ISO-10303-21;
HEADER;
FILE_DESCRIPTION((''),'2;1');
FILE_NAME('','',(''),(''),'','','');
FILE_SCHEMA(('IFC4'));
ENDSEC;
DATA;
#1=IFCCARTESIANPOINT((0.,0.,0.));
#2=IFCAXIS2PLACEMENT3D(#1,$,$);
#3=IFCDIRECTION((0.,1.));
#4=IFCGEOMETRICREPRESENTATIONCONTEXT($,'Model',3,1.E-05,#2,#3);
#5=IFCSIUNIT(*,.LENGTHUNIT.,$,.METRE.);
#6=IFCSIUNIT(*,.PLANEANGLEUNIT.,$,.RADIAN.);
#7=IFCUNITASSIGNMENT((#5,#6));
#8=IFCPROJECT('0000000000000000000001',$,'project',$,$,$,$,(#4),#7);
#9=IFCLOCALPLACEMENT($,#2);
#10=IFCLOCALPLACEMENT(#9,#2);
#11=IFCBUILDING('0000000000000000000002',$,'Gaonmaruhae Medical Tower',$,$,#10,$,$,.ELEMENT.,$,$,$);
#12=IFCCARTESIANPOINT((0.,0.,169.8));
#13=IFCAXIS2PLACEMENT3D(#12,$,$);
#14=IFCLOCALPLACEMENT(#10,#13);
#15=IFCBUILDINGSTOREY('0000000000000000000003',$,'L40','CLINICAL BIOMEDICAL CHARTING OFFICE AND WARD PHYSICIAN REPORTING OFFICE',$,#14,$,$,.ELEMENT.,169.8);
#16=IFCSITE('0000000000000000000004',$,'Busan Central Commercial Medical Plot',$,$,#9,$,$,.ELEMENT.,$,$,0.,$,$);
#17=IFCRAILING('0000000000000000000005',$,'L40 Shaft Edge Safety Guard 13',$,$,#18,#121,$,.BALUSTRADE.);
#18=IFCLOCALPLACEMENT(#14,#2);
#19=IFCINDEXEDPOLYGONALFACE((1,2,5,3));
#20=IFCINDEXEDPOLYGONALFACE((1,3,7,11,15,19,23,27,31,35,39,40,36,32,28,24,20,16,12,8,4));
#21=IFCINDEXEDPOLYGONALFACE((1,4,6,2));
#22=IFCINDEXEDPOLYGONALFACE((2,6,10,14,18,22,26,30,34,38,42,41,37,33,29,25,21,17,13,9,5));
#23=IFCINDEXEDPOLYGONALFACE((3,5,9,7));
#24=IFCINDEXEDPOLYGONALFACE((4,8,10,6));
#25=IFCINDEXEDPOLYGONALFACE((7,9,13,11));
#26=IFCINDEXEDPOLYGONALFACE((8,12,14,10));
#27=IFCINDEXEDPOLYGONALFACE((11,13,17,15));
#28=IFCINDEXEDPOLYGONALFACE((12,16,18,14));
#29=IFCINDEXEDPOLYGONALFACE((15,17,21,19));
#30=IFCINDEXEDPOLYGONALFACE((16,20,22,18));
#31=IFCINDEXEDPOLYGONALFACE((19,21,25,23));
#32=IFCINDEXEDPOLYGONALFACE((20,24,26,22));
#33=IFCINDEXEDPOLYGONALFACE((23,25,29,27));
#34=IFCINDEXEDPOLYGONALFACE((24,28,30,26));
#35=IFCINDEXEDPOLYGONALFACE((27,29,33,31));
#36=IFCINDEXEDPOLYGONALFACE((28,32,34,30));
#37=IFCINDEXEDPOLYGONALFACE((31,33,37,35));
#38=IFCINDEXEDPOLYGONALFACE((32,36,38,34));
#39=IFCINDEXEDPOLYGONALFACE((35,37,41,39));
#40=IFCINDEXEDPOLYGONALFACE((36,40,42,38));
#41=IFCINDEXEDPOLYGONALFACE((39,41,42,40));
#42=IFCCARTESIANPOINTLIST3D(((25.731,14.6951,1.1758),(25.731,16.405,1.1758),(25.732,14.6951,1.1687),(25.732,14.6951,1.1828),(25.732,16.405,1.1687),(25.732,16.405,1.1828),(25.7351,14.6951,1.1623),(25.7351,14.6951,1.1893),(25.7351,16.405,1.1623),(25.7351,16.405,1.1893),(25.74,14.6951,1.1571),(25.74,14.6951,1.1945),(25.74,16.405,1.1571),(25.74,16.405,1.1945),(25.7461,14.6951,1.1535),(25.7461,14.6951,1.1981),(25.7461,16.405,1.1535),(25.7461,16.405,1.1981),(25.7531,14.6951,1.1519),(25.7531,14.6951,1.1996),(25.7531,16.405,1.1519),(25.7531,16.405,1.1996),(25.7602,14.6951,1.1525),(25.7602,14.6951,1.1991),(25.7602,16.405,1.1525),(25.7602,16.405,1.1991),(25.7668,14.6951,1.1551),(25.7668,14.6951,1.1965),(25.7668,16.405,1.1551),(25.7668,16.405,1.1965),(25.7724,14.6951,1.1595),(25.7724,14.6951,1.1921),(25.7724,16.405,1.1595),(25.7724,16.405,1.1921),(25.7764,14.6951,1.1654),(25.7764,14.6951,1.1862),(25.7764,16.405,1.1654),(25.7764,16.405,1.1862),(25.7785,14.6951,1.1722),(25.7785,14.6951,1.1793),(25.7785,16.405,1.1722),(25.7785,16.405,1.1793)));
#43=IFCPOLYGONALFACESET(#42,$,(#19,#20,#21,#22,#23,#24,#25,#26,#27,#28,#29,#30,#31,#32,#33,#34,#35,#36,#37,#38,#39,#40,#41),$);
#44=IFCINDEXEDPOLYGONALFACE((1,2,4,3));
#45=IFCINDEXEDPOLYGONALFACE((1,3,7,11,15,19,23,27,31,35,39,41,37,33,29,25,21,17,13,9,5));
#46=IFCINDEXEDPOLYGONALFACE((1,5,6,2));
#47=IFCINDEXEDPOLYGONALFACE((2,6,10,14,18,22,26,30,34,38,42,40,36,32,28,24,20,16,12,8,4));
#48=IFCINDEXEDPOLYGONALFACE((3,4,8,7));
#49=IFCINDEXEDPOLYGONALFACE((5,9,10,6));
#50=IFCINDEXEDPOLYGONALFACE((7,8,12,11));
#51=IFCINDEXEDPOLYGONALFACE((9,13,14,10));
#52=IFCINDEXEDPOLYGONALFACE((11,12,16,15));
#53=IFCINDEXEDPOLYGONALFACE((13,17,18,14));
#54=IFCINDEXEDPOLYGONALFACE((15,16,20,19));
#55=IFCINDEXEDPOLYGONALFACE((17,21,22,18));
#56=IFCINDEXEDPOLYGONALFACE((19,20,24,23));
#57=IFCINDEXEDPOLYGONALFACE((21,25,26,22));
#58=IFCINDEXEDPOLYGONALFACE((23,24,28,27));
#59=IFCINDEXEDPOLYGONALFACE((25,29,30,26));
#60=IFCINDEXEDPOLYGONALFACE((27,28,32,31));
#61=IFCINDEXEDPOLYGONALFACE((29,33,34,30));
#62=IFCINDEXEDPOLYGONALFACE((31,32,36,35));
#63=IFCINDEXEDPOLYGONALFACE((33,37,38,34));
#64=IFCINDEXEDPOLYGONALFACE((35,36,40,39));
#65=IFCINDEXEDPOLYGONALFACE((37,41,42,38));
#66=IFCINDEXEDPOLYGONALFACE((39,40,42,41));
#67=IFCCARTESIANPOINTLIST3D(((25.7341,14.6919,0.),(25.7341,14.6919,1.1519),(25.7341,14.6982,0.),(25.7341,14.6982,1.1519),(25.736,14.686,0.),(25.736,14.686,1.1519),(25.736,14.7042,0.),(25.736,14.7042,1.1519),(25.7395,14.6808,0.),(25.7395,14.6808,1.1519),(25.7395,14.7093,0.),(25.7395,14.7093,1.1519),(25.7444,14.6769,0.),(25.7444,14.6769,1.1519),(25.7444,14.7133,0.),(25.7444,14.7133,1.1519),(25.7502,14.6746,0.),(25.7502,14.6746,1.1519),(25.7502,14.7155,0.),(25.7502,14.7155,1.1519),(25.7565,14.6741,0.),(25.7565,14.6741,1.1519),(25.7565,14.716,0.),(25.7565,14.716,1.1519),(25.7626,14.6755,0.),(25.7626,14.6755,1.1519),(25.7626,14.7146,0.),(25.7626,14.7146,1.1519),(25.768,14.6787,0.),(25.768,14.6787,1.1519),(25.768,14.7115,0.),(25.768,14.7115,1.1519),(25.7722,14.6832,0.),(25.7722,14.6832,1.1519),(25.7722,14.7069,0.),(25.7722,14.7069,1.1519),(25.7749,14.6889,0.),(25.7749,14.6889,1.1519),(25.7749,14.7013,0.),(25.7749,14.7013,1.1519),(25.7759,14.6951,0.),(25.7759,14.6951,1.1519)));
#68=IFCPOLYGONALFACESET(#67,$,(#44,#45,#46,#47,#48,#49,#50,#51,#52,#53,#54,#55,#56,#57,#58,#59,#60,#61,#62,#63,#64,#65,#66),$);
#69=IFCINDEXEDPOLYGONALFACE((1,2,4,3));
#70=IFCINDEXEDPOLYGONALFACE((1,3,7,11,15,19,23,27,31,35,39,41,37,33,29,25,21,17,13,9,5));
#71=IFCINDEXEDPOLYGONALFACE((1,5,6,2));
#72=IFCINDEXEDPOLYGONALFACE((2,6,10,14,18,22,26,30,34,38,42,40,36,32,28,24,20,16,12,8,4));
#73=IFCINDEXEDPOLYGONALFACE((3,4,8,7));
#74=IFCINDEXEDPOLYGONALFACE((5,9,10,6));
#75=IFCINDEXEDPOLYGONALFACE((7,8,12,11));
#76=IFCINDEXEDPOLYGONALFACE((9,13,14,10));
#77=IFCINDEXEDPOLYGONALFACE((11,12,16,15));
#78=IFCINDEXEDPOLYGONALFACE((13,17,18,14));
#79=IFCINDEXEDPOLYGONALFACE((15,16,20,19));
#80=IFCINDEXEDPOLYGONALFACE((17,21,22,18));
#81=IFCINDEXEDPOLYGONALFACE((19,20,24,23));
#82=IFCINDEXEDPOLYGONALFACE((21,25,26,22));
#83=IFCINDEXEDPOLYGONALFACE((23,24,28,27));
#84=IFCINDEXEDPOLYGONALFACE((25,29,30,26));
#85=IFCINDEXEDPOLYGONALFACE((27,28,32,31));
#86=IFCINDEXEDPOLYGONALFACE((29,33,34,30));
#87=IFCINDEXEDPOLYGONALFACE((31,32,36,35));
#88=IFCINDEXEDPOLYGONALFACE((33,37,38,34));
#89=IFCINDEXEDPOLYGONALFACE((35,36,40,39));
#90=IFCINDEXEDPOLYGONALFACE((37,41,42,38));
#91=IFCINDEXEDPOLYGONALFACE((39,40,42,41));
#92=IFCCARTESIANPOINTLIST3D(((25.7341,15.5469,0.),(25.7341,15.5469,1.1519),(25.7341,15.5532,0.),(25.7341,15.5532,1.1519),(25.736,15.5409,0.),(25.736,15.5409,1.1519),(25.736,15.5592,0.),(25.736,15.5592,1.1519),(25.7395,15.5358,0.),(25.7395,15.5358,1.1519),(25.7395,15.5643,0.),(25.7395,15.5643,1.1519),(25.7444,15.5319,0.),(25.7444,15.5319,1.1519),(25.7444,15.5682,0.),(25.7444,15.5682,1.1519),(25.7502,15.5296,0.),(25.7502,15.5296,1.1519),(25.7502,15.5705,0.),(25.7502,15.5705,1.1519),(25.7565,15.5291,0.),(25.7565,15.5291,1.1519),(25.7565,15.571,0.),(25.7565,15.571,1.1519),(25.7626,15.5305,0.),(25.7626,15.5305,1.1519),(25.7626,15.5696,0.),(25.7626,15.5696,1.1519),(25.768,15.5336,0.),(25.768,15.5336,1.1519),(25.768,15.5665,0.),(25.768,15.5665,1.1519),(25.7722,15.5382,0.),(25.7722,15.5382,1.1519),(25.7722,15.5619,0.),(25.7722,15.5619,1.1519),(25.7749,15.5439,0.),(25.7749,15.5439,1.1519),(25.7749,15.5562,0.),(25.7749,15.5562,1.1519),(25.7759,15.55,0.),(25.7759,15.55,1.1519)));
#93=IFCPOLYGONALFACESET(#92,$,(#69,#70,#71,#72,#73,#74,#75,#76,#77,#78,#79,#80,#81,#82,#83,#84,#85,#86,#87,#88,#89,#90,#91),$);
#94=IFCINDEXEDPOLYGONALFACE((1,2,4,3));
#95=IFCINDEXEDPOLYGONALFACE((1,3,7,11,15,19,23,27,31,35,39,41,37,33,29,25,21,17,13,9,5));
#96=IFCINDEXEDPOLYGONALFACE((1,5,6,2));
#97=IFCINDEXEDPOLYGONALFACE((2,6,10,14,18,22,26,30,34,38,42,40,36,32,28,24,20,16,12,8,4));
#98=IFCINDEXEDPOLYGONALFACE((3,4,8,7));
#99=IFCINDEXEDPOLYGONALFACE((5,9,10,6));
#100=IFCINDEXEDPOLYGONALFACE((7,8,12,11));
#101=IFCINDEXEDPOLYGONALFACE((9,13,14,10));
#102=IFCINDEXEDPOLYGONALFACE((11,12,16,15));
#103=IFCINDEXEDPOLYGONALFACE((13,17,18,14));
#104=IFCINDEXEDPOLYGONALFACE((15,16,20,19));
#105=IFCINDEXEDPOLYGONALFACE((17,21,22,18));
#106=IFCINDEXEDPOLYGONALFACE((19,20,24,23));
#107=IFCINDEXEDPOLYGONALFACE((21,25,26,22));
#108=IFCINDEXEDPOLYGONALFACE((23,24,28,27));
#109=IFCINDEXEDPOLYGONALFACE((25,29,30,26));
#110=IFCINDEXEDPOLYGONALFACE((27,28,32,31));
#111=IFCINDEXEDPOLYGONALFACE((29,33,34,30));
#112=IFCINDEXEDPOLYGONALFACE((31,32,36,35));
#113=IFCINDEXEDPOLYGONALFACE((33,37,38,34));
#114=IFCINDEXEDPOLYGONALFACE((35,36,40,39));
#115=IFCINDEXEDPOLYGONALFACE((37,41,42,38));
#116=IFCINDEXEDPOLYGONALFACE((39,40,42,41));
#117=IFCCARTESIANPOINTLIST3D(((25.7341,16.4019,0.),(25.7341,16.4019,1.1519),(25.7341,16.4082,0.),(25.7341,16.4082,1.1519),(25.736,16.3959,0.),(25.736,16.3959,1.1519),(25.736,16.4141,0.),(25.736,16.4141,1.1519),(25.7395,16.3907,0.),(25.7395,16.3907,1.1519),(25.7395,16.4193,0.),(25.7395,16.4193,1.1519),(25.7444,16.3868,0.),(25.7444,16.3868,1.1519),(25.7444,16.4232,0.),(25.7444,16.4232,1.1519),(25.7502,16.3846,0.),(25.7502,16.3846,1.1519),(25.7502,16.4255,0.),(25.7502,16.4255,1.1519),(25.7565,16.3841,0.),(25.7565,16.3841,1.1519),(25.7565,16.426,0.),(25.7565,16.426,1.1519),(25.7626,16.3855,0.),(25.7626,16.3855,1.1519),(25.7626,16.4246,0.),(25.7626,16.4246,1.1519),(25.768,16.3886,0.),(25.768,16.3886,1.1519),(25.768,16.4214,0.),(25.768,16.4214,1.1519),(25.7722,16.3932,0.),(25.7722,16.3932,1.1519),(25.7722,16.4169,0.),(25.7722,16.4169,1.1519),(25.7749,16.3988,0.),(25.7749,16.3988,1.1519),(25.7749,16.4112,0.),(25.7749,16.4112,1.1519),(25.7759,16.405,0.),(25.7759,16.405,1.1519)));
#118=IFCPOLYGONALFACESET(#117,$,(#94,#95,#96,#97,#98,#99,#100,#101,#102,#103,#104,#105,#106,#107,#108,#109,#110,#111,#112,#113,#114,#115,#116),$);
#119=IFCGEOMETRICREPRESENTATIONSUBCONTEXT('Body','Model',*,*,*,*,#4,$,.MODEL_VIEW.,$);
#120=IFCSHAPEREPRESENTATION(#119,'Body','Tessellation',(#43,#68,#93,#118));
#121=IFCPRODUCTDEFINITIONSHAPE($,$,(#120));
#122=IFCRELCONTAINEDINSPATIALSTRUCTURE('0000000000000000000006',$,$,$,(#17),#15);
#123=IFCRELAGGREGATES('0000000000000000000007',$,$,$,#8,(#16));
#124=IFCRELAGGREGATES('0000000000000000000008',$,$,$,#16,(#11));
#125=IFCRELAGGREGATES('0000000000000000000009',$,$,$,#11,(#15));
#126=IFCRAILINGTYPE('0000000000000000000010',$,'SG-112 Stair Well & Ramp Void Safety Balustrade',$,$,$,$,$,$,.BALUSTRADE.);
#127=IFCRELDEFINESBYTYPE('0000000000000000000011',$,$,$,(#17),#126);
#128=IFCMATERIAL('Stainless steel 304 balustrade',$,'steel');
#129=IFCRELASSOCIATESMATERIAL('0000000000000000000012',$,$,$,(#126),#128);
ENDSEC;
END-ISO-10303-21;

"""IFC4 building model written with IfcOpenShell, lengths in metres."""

from ifc_helpers import new_model, si_unit, direction, frame, origin, origin_2d, place, context, subcontext, project, spatial, circle, extrude, material, type_object, element, save


model = new_model("IFC4")

# Units and contexts
model_context = context("Model", 3, precision=1e-05, world=origin(), true_north=direction((0.0, 1.0)))
body_context = subcontext(model_context, "Body", "Model", "MODEL_VIEW")
ifc_project = project(units=[si_unit("LENGTHUNIT", "METRE"), si_unit("PLANEANGLEUNIT", "RADIAN")], contexts=[model_context])

# Site, building, storey
site_placement = place(None, origin())
site = spatial("IfcSite", under=ifc_project, at=site_placement, Name="Busan Central Commercial Medical Plot", CompositionType="ELEMENT", RefElevation=0.0)
building_placement = place(site_placement, origin())
building = spatial("IfcBuilding", under=site, at=building_placement, Name="Gaonmaruhae Medical Tower", CompositionType="ELEMENT")
storey_placement = place(building_placement, frame((0.0, 0.0, 169.8)))
storey = spatial("IfcBuildingStorey", under=building, at=storey_placement, Name="L40", Description="CLINICAL BIOMEDICAL CHARTING OFFICE AND WARD PHYSICIAN REPORTING OFFICE", CompositionType="ELEMENT", Elevation=169.8)

# Railing
ifc_material_1 = material(Name="Stainless steel 304 balustrade", Category="steel")
railing_type = type_object("IfcRailingType", Name="SG-112 Stair Well & Ramp Void Safety Balustrade", PredefinedType="BALUSTRADE", material=ifc_material_1)
railing_1_placement = place(storey_placement, frame((25.7549, 14.6951, 0.0)))
element("IfcRailing", 1, at=railing_1_placement, inside=storey, type_object=railing_type, Name="L40 Shaft Edge Safety Guard 13", PredefinedType="BALUSTRADE", context=body_context, shape_type="SweptSolid", body=[
    extrude(circle(Radius=0.0239, at=origin_2d()), frame((0.0, 0.0, 1.1758), z_axis=(0.0, 1.0, 0.0), x_axis=(-1.0, 0.0, 0.0)), (0.0, 0.0, 1.0), 1.71),
    extrude(circle(Radius=0.021, at=origin_2d()), origin(), (0.0, 0.0, 1.0), 1.1519),
    extrude(circle(Radius=0.021, at=origin_2d()), frame((0.0, 0.855, 0.0)), (0.0, 0.0, 1.0), 1.1519),
    extrude(circle(Radius=0.021, at=origin_2d()), frame((0.0, 1.71, 0.0)), (0.0, 0.0, 1.0), 1.1519),
])

save(model, "model.ifc")
